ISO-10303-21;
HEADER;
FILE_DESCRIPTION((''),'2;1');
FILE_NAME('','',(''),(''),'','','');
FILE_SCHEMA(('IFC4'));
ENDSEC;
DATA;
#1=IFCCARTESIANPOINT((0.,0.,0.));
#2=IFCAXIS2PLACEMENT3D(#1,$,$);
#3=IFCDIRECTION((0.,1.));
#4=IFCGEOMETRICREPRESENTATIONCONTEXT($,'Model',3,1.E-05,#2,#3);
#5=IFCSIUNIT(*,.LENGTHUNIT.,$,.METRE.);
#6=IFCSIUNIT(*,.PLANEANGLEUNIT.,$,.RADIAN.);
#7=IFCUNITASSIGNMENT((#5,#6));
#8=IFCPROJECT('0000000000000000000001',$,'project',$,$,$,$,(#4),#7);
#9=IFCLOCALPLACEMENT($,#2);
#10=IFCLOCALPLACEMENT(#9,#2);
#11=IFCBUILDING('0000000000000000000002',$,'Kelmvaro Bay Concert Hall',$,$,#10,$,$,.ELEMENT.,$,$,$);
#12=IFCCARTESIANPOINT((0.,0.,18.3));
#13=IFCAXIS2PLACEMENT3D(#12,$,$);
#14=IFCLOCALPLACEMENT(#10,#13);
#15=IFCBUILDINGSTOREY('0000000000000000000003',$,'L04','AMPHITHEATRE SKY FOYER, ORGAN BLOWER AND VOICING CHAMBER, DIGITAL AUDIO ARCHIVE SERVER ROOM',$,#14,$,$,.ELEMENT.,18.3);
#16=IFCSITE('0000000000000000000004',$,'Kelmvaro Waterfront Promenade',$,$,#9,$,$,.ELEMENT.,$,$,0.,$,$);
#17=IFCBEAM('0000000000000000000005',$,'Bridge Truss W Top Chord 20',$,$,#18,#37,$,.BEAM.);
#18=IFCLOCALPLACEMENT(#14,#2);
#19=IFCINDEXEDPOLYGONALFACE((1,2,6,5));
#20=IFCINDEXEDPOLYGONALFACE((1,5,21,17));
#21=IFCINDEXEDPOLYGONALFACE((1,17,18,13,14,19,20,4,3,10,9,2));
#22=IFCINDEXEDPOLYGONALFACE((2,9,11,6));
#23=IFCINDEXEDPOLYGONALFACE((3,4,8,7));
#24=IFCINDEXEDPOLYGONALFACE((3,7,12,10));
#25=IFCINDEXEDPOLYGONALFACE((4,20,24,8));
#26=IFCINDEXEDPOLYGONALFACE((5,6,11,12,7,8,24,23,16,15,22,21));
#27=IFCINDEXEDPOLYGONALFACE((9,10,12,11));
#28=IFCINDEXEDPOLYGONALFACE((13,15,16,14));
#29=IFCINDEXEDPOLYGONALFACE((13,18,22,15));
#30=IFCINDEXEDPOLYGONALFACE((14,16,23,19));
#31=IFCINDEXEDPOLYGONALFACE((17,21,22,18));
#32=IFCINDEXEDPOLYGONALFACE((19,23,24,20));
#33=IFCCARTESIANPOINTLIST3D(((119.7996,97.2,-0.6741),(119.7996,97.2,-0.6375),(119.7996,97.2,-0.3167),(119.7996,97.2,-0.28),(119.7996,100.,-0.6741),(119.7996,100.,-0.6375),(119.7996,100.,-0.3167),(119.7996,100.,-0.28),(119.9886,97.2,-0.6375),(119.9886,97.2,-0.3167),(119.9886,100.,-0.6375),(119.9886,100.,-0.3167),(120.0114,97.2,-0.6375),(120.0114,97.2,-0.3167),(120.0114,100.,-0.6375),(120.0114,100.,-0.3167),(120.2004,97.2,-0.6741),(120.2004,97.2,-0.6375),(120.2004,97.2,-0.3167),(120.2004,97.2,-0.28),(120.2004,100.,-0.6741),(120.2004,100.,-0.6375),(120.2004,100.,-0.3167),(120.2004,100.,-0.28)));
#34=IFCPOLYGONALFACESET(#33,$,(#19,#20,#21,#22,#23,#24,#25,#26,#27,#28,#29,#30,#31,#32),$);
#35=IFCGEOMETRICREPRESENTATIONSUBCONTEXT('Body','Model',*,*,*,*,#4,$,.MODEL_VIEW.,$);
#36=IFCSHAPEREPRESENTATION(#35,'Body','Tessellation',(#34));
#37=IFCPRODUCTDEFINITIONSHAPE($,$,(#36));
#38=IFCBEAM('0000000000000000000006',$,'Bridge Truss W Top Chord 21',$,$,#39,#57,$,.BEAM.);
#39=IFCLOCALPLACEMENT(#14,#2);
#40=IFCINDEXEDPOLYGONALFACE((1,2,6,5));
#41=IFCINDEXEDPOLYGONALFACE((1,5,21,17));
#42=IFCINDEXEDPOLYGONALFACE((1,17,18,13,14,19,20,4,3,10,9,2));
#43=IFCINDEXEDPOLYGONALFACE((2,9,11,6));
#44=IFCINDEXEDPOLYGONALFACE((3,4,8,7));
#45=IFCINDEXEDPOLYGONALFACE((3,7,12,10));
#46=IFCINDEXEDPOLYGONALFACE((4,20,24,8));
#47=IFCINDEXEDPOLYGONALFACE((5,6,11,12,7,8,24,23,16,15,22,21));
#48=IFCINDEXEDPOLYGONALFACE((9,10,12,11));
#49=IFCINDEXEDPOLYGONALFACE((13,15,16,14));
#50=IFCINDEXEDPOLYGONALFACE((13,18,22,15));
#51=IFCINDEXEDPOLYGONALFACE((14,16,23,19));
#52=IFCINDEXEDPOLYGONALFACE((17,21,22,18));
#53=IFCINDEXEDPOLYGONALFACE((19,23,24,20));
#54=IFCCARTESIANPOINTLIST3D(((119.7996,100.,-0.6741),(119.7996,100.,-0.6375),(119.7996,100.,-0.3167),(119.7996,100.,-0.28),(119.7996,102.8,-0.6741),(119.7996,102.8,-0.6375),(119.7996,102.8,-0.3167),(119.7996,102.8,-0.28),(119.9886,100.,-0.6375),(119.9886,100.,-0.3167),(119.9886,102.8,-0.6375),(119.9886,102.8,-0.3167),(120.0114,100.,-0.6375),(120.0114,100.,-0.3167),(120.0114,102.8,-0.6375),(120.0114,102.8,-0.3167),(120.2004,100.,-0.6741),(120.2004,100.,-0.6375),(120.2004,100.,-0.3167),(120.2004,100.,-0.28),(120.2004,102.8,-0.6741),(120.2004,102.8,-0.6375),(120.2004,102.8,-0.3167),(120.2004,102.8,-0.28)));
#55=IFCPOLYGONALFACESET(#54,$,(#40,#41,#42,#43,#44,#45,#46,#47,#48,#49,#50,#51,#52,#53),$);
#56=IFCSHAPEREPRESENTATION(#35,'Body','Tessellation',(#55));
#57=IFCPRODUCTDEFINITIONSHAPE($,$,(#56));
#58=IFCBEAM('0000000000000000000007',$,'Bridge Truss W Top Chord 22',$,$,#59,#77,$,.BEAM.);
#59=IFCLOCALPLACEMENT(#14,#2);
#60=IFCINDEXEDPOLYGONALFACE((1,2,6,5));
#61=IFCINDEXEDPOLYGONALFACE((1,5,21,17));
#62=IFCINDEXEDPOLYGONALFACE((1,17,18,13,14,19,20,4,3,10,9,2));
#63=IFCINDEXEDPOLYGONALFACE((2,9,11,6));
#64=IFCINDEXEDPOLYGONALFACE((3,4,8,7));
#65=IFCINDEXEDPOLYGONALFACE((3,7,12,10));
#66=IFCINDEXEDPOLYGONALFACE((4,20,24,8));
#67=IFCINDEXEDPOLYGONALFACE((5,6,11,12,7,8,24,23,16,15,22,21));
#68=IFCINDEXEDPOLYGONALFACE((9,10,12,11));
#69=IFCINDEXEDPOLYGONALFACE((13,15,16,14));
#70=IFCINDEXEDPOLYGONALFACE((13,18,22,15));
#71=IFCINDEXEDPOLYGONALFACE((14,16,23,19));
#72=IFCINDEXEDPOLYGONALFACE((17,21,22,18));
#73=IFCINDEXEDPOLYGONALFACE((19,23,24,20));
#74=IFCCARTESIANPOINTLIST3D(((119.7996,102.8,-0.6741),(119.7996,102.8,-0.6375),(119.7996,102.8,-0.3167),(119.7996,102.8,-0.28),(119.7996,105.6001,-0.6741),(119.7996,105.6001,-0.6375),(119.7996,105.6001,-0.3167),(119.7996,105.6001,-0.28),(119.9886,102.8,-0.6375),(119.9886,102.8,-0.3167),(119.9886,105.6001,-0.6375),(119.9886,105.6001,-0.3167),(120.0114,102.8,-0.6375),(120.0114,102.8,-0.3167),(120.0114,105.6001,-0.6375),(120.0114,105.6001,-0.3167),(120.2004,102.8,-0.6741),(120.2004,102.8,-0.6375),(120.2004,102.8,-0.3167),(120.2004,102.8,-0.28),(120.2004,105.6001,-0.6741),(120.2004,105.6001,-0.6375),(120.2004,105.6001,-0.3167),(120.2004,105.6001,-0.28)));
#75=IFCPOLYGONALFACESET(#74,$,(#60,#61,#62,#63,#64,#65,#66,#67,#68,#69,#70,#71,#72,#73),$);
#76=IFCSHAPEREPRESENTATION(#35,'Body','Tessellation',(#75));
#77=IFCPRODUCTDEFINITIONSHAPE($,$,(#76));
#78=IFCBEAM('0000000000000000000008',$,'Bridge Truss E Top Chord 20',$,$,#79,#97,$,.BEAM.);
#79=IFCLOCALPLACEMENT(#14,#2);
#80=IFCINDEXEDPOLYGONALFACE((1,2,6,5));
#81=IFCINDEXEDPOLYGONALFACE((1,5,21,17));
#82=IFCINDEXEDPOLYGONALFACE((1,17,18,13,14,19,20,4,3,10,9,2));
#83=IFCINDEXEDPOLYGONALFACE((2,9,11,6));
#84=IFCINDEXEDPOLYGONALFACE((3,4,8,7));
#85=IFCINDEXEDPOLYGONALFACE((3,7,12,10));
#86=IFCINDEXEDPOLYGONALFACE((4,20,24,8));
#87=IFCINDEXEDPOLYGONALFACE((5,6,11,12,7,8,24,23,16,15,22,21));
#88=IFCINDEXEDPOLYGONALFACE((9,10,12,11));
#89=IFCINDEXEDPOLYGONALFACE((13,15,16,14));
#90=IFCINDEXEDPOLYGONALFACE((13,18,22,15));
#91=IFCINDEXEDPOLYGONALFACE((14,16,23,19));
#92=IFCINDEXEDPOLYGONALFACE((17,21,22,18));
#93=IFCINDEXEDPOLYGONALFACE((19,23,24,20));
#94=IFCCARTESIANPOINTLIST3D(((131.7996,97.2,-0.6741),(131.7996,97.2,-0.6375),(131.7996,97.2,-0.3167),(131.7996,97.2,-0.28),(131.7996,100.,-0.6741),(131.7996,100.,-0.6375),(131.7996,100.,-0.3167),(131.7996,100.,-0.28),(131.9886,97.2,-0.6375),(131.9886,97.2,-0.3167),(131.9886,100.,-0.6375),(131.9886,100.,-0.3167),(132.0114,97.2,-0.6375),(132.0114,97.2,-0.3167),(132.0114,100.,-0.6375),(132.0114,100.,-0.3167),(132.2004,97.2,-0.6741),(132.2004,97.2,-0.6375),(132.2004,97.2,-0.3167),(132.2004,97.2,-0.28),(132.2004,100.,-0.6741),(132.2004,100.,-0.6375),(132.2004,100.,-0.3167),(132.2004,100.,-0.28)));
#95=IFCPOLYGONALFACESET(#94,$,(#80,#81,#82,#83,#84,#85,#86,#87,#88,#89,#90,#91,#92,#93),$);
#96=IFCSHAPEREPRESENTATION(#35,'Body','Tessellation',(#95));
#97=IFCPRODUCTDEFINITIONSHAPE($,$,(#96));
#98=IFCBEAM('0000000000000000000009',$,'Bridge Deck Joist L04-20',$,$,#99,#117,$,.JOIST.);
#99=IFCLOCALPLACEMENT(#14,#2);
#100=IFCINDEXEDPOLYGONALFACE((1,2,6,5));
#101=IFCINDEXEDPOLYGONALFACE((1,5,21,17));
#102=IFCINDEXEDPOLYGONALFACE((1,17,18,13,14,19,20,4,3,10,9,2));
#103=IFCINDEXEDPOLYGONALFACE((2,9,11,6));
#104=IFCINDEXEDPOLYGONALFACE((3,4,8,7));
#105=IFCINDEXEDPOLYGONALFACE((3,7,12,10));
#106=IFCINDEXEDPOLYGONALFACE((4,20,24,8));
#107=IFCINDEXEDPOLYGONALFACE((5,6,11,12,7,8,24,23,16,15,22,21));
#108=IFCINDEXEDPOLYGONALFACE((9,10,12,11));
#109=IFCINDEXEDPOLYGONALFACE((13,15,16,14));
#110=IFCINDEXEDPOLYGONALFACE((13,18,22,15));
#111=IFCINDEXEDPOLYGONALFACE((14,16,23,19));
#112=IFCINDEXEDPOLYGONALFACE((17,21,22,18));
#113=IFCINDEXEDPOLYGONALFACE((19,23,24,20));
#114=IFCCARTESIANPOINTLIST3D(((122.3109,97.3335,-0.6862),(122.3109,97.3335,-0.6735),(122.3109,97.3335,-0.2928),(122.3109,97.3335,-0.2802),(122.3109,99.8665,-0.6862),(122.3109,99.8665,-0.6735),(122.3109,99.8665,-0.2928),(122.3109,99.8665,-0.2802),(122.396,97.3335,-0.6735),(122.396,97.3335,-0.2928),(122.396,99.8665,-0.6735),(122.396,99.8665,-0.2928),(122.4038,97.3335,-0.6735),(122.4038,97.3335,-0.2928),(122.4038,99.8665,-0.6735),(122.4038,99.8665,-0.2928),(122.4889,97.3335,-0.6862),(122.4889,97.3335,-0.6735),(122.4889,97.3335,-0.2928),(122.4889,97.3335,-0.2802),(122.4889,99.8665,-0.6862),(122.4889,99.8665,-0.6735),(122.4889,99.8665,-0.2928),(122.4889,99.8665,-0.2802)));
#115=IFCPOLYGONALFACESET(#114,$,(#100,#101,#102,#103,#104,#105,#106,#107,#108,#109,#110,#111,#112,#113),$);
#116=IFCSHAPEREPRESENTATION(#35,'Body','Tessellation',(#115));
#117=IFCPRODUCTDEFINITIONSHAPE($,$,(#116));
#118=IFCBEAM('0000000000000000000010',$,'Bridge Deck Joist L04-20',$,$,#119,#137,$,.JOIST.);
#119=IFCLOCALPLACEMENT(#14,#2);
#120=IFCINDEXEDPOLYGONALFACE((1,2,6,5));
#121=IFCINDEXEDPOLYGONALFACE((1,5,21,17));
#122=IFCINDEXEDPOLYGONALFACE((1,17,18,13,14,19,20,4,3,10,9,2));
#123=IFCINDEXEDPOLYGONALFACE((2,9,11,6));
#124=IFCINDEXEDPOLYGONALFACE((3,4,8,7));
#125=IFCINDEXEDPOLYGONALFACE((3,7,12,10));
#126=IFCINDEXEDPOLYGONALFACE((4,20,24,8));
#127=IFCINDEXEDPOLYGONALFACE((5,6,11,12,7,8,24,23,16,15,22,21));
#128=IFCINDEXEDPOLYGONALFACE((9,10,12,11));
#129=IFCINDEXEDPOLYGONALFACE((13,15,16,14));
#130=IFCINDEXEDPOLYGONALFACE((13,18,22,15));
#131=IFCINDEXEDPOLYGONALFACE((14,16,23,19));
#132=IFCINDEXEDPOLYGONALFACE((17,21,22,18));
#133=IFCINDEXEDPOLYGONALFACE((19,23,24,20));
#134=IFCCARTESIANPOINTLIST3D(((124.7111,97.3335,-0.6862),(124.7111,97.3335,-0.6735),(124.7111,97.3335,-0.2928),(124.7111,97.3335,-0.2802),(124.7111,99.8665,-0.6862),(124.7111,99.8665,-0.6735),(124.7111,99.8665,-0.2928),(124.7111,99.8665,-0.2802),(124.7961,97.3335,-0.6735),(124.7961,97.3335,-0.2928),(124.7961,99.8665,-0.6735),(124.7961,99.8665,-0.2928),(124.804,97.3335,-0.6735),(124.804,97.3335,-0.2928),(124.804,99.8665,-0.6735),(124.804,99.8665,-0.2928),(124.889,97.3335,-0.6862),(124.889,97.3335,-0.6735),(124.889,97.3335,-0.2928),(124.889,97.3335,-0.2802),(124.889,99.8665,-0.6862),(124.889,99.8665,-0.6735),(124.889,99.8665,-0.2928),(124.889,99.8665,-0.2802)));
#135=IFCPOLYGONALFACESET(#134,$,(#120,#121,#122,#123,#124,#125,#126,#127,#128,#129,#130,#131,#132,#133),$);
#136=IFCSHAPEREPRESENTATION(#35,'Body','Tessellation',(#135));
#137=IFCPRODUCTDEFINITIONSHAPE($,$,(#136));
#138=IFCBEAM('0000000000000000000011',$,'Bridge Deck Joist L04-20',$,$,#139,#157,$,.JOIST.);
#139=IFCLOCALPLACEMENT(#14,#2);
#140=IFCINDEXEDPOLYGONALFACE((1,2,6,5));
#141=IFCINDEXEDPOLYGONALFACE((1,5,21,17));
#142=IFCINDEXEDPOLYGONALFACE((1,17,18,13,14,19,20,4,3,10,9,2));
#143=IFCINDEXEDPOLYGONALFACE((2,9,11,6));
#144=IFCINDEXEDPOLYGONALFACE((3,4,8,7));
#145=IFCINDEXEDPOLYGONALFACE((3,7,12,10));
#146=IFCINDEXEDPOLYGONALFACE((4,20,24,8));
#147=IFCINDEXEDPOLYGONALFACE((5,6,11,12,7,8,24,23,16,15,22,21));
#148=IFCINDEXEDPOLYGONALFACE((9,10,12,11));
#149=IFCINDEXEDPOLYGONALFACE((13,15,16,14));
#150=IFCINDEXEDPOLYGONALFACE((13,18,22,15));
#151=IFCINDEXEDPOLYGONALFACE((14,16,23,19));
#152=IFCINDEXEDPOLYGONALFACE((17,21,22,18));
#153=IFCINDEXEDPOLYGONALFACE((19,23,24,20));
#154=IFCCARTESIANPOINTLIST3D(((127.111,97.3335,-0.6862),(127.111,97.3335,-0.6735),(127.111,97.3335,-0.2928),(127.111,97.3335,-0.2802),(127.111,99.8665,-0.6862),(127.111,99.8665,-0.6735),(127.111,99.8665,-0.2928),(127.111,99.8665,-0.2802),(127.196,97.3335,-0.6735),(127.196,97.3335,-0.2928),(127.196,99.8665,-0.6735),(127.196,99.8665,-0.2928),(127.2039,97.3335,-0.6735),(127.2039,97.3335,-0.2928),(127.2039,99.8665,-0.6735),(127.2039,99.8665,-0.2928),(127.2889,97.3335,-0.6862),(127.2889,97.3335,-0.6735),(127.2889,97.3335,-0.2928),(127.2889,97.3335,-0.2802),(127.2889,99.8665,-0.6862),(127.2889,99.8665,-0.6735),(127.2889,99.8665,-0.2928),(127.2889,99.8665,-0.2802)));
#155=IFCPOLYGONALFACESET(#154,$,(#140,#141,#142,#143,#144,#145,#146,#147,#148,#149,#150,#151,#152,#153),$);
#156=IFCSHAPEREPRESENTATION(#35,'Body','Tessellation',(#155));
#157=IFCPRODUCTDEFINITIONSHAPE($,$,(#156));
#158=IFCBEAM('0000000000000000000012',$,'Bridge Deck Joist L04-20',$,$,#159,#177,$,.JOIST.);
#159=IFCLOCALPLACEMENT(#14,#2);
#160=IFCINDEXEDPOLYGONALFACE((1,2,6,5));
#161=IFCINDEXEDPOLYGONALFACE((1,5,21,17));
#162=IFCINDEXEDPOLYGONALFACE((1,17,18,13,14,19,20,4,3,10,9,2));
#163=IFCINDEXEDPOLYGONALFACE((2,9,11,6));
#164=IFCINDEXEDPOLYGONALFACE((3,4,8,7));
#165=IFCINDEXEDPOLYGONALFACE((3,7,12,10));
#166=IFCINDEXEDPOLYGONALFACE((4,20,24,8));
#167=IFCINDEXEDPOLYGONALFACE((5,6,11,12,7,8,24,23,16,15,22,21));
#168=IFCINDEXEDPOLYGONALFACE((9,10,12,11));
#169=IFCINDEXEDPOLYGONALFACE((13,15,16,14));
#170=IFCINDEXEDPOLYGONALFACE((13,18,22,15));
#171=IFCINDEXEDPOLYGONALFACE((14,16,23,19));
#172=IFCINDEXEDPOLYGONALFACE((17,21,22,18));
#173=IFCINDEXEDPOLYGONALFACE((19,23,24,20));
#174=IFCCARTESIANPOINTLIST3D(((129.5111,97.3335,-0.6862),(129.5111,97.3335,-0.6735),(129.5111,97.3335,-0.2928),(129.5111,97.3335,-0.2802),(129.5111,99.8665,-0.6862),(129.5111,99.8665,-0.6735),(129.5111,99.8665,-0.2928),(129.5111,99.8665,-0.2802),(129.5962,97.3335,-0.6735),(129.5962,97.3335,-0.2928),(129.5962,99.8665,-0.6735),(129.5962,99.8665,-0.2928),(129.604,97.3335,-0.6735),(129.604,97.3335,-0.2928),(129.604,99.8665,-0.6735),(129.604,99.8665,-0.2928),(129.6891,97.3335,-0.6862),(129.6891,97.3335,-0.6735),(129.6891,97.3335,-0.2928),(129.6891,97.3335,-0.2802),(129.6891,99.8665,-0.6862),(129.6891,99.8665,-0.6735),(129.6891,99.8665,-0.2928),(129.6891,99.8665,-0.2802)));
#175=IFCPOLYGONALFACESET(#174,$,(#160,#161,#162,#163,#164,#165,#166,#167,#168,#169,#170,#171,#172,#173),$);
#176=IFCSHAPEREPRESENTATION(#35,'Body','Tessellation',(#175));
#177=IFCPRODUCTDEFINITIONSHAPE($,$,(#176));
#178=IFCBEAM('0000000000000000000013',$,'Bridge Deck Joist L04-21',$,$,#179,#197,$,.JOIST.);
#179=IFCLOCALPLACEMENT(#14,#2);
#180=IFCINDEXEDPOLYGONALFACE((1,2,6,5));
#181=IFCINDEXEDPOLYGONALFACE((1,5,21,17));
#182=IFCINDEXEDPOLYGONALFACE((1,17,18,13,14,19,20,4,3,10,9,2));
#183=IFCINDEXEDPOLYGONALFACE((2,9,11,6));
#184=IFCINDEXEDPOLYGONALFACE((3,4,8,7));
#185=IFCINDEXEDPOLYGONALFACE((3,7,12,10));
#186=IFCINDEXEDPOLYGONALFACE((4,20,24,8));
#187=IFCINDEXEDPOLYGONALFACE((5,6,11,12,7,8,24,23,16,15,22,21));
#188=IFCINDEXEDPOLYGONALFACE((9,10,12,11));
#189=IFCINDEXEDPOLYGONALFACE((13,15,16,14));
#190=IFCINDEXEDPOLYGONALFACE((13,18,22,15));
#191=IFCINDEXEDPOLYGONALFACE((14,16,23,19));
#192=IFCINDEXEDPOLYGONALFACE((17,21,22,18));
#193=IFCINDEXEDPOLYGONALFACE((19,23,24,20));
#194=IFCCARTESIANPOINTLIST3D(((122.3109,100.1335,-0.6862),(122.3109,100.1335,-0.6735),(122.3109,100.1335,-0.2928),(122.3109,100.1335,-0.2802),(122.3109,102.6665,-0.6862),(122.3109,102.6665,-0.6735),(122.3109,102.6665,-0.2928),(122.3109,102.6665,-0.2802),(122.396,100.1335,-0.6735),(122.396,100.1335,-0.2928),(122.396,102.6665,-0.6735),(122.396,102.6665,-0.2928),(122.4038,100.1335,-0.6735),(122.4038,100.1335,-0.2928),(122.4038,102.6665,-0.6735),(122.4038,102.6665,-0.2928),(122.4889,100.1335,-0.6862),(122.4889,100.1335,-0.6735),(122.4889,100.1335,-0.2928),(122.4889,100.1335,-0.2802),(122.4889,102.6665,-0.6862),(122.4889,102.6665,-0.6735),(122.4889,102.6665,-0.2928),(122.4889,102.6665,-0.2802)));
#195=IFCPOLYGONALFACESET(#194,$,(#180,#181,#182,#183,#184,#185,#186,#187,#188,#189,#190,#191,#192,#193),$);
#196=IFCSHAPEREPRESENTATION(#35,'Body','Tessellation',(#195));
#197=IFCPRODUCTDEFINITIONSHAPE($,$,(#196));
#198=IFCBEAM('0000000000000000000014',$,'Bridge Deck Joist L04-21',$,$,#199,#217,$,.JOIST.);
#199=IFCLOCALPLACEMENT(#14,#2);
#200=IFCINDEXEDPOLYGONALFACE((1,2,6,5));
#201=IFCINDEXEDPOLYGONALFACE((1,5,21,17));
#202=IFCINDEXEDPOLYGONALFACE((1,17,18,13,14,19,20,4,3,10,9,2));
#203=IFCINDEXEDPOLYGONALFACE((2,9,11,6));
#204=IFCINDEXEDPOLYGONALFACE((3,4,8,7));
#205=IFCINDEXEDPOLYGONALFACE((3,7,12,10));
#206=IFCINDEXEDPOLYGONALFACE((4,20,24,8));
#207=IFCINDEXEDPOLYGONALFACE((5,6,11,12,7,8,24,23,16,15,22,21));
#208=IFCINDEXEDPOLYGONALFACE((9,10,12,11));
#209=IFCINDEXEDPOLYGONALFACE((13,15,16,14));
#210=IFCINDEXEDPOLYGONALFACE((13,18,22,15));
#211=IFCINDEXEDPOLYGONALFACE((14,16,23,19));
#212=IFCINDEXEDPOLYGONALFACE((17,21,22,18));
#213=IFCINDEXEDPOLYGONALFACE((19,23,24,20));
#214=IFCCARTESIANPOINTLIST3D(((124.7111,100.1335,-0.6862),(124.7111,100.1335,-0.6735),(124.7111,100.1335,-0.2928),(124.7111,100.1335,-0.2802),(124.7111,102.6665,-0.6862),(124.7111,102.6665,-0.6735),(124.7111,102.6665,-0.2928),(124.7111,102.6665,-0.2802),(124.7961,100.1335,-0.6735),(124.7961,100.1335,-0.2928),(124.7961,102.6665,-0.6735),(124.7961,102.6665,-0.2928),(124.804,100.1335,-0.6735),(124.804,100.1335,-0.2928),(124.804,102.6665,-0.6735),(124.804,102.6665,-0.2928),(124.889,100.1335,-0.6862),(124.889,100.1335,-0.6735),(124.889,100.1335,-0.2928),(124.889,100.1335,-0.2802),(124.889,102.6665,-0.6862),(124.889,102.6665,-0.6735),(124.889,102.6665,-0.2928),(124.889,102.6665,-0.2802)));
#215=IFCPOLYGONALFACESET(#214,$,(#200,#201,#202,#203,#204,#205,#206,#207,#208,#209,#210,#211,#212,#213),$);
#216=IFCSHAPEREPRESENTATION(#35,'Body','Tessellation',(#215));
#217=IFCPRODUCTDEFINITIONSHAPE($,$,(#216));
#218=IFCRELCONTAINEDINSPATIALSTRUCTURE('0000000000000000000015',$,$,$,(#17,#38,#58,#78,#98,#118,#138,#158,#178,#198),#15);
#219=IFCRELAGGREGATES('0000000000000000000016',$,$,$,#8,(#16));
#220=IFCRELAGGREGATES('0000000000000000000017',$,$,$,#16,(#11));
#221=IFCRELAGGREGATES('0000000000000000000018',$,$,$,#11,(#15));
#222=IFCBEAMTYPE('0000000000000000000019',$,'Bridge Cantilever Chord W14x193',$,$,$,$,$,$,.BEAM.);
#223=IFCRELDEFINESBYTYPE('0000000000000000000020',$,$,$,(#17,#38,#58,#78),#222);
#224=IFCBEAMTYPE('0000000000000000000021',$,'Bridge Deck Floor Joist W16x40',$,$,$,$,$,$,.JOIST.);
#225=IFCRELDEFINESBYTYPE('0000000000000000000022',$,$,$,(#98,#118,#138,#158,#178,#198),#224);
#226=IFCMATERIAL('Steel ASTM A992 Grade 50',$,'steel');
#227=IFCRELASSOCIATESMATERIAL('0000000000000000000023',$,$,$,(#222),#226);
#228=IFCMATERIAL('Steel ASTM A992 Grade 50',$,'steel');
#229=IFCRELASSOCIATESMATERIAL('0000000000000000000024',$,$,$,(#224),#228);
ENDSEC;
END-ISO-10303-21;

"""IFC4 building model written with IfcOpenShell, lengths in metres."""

from ifc_helpers import new_model, si_unit, direction, frame, origin, origin_2d, place, context, subcontext, project, spatial, i_section, extrude, material, material_profile, profile_set, type_object, element, save


model = new_model("IFC4")

# Units and contexts
model_context = context("Model", 3, precision=1e-05, world=origin(), true_north=direction((0.0, 1.0)))
body_context = subcontext(model_context, "Body", "Model", "MODEL_VIEW")
ifc_project = project(units=[si_unit("LENGTHUNIT", "METRE"), si_unit("PLANEANGLEUNIT", "RADIAN")], contexts=[model_context])

# Site, building, storey
site_placement = place(None, origin())
site = spatial("IfcSite", under=ifc_project, at=site_placement, Name="Kelmvaro Waterfront Promenade", CompositionType="ELEMENT", RefElevation=0.0)
building_placement = place(site_placement, origin())
building = spatial("IfcBuilding", under=site, at=building_placement, Name="Kelmvaro Bay Concert Hall", CompositionType="ELEMENT")
storey_placement = place(building_placement, frame((0.0, 0.0, 18.3)))
storey = spatial("IfcBuildingStorey", under=building, at=storey_placement, Name="L04", Description="AMPHITHEATRE SKY FOYER, ORGAN BLOWER AND VOICING CHAMBER, DIGITAL AUDIO ARCHIVE SERVER ROOM", CompositionType="ELEMENT", Elevation=18.3)

# Beams
ifc_material_1 = material(Name="Steel ASTM A992 Grade 50", Category="steel")
ifc_material_profile_1 = material_profile(ifc_material_1, i_section(OverallWidth=0.4009, OverallDepth=0.394, WebThickness=0.0227, FlangeThickness=0.0366, at=origin_2d()), Name="W14X193")
ifc_profile_set_1 = profile_set([ifc_material_profile_1], Name="Steel ASTM A992 Grade 50")
beam_type_1 = type_object("IfcBeamType", Name="Bridge Cantilever Chord W14x193", PredefinedType="BEAM", material=ifc_profile_set_1)
for number, where, z_axis, x_axis, name in (
    (1, (120.0, 97.2, -0.4771), (0.0, 1.0, 0.0), (-1.0, 0.0, 0.0), "Bridge Truss W Top Chord 20"),
    (2, (120.0, 100.0, -0.4771), (0.0, 1.0, 0.0), (-1.0, 0.0, 0.0), "Bridge Truss W Top Chord 21"),
    (3, (120.0, 102.8, -0.4771), (0.0, 1.0, 0.0), (-1.0, 0.0, 0.0), "Bridge Truss W Top Chord 22"),
    (4, (132.0, 97.2, -0.4771), (0.0, 1.0, 0.0), (-1.0, 0.0, 0.0), "Bridge Truss E Top Chord 20"),
):
    element("IfcBeam", number, at=place(storey_placement, frame(where, z_axis=z_axis, x_axis=x_axis)), inside=storey, type_object=beam_type_1, Name=name, PredefinedType="BEAM", context=body_context, shape_type="SweptSolid", body=[
        extrude(i_section(OverallWidth=0.4009, OverallDepth=0.394, WebThickness=0.0227, FlangeThickness=0.0366, at=origin_2d()), origin(), (0.0, 0.0, 1.0), 2.8),
    ])
ifc_material_2 = material(Name="Steel ASTM A992 Grade 50", Category="steel")
ifc_material_profile_2 = material_profile(ifc_material_2, i_section(OverallWidth=0.178, OverallDepth=0.406, WebThickness=0.0078, FlangeThickness=0.0127, at=origin_2d()), Name="W16X40")
ifc_profile_set_2 = profile_set([ifc_material_profile_2], Name="Steel ASTM A992 Grade 50")
beam_type_2 = type_object("IfcBeamType", Name="Bridge Deck Floor Joist W16x40", PredefinedType="JOIST", material=ifc_profile_set_2)
for number, where, z_axis, x_axis, name in (
    (5, (122.3999, 97.3335, -0.4832), (0.0, 1.0, 0.0), (-1.0, 0.0, 0.0), "Bridge Deck Joist L04-20"),
    (6, (124.8, 97.3335, -0.4832), (0.0, 1.0, 0.0), (-1.0, 0.0, 0.0), "Bridge Deck Joist L04-20"),
    (7, (127.2, 97.3335, -0.4832), (0.0, 1.0, 0.0), (-1.0, 0.0, 0.0), "Bridge Deck Joist L04-20"),
    (8, (129.6001, 97.3335, -0.4832), (0.0, 1.0, 0.0), (-1.0, 0.0, 0.0), "Bridge Deck Joist L04-20"),
    (9, (122.3999, 100.1335, -0.4832), (0.0, 1.0, 0.0), (-1.0, 0.0, 0.0), "Bridge Deck Joist L04-21"),
    (10, (124.8, 100.1335, -0.4832), (0.0, 1.0, 0.0), (-1.0, 0.0, 0.0), "Bridge Deck Joist L04-21"),
):
    element("IfcBeam", number, at=place(storey_placement, frame(where, z_axis=z_axis, x_axis=x_axis)), inside=storey, type_object=beam_type_2, Name=name, PredefinedType="JOIST", context=body_context, shape_type="SweptSolid", body=[
        extrude(i_section(OverallWidth=0.178, OverallDepth=0.406, WebThickness=0.0078, FlangeThickness=0.0127, at=origin_2d()), origin(), (0.0, 0.0, 1.0), 2.533),
    ])

save(model, "model.ifc")
